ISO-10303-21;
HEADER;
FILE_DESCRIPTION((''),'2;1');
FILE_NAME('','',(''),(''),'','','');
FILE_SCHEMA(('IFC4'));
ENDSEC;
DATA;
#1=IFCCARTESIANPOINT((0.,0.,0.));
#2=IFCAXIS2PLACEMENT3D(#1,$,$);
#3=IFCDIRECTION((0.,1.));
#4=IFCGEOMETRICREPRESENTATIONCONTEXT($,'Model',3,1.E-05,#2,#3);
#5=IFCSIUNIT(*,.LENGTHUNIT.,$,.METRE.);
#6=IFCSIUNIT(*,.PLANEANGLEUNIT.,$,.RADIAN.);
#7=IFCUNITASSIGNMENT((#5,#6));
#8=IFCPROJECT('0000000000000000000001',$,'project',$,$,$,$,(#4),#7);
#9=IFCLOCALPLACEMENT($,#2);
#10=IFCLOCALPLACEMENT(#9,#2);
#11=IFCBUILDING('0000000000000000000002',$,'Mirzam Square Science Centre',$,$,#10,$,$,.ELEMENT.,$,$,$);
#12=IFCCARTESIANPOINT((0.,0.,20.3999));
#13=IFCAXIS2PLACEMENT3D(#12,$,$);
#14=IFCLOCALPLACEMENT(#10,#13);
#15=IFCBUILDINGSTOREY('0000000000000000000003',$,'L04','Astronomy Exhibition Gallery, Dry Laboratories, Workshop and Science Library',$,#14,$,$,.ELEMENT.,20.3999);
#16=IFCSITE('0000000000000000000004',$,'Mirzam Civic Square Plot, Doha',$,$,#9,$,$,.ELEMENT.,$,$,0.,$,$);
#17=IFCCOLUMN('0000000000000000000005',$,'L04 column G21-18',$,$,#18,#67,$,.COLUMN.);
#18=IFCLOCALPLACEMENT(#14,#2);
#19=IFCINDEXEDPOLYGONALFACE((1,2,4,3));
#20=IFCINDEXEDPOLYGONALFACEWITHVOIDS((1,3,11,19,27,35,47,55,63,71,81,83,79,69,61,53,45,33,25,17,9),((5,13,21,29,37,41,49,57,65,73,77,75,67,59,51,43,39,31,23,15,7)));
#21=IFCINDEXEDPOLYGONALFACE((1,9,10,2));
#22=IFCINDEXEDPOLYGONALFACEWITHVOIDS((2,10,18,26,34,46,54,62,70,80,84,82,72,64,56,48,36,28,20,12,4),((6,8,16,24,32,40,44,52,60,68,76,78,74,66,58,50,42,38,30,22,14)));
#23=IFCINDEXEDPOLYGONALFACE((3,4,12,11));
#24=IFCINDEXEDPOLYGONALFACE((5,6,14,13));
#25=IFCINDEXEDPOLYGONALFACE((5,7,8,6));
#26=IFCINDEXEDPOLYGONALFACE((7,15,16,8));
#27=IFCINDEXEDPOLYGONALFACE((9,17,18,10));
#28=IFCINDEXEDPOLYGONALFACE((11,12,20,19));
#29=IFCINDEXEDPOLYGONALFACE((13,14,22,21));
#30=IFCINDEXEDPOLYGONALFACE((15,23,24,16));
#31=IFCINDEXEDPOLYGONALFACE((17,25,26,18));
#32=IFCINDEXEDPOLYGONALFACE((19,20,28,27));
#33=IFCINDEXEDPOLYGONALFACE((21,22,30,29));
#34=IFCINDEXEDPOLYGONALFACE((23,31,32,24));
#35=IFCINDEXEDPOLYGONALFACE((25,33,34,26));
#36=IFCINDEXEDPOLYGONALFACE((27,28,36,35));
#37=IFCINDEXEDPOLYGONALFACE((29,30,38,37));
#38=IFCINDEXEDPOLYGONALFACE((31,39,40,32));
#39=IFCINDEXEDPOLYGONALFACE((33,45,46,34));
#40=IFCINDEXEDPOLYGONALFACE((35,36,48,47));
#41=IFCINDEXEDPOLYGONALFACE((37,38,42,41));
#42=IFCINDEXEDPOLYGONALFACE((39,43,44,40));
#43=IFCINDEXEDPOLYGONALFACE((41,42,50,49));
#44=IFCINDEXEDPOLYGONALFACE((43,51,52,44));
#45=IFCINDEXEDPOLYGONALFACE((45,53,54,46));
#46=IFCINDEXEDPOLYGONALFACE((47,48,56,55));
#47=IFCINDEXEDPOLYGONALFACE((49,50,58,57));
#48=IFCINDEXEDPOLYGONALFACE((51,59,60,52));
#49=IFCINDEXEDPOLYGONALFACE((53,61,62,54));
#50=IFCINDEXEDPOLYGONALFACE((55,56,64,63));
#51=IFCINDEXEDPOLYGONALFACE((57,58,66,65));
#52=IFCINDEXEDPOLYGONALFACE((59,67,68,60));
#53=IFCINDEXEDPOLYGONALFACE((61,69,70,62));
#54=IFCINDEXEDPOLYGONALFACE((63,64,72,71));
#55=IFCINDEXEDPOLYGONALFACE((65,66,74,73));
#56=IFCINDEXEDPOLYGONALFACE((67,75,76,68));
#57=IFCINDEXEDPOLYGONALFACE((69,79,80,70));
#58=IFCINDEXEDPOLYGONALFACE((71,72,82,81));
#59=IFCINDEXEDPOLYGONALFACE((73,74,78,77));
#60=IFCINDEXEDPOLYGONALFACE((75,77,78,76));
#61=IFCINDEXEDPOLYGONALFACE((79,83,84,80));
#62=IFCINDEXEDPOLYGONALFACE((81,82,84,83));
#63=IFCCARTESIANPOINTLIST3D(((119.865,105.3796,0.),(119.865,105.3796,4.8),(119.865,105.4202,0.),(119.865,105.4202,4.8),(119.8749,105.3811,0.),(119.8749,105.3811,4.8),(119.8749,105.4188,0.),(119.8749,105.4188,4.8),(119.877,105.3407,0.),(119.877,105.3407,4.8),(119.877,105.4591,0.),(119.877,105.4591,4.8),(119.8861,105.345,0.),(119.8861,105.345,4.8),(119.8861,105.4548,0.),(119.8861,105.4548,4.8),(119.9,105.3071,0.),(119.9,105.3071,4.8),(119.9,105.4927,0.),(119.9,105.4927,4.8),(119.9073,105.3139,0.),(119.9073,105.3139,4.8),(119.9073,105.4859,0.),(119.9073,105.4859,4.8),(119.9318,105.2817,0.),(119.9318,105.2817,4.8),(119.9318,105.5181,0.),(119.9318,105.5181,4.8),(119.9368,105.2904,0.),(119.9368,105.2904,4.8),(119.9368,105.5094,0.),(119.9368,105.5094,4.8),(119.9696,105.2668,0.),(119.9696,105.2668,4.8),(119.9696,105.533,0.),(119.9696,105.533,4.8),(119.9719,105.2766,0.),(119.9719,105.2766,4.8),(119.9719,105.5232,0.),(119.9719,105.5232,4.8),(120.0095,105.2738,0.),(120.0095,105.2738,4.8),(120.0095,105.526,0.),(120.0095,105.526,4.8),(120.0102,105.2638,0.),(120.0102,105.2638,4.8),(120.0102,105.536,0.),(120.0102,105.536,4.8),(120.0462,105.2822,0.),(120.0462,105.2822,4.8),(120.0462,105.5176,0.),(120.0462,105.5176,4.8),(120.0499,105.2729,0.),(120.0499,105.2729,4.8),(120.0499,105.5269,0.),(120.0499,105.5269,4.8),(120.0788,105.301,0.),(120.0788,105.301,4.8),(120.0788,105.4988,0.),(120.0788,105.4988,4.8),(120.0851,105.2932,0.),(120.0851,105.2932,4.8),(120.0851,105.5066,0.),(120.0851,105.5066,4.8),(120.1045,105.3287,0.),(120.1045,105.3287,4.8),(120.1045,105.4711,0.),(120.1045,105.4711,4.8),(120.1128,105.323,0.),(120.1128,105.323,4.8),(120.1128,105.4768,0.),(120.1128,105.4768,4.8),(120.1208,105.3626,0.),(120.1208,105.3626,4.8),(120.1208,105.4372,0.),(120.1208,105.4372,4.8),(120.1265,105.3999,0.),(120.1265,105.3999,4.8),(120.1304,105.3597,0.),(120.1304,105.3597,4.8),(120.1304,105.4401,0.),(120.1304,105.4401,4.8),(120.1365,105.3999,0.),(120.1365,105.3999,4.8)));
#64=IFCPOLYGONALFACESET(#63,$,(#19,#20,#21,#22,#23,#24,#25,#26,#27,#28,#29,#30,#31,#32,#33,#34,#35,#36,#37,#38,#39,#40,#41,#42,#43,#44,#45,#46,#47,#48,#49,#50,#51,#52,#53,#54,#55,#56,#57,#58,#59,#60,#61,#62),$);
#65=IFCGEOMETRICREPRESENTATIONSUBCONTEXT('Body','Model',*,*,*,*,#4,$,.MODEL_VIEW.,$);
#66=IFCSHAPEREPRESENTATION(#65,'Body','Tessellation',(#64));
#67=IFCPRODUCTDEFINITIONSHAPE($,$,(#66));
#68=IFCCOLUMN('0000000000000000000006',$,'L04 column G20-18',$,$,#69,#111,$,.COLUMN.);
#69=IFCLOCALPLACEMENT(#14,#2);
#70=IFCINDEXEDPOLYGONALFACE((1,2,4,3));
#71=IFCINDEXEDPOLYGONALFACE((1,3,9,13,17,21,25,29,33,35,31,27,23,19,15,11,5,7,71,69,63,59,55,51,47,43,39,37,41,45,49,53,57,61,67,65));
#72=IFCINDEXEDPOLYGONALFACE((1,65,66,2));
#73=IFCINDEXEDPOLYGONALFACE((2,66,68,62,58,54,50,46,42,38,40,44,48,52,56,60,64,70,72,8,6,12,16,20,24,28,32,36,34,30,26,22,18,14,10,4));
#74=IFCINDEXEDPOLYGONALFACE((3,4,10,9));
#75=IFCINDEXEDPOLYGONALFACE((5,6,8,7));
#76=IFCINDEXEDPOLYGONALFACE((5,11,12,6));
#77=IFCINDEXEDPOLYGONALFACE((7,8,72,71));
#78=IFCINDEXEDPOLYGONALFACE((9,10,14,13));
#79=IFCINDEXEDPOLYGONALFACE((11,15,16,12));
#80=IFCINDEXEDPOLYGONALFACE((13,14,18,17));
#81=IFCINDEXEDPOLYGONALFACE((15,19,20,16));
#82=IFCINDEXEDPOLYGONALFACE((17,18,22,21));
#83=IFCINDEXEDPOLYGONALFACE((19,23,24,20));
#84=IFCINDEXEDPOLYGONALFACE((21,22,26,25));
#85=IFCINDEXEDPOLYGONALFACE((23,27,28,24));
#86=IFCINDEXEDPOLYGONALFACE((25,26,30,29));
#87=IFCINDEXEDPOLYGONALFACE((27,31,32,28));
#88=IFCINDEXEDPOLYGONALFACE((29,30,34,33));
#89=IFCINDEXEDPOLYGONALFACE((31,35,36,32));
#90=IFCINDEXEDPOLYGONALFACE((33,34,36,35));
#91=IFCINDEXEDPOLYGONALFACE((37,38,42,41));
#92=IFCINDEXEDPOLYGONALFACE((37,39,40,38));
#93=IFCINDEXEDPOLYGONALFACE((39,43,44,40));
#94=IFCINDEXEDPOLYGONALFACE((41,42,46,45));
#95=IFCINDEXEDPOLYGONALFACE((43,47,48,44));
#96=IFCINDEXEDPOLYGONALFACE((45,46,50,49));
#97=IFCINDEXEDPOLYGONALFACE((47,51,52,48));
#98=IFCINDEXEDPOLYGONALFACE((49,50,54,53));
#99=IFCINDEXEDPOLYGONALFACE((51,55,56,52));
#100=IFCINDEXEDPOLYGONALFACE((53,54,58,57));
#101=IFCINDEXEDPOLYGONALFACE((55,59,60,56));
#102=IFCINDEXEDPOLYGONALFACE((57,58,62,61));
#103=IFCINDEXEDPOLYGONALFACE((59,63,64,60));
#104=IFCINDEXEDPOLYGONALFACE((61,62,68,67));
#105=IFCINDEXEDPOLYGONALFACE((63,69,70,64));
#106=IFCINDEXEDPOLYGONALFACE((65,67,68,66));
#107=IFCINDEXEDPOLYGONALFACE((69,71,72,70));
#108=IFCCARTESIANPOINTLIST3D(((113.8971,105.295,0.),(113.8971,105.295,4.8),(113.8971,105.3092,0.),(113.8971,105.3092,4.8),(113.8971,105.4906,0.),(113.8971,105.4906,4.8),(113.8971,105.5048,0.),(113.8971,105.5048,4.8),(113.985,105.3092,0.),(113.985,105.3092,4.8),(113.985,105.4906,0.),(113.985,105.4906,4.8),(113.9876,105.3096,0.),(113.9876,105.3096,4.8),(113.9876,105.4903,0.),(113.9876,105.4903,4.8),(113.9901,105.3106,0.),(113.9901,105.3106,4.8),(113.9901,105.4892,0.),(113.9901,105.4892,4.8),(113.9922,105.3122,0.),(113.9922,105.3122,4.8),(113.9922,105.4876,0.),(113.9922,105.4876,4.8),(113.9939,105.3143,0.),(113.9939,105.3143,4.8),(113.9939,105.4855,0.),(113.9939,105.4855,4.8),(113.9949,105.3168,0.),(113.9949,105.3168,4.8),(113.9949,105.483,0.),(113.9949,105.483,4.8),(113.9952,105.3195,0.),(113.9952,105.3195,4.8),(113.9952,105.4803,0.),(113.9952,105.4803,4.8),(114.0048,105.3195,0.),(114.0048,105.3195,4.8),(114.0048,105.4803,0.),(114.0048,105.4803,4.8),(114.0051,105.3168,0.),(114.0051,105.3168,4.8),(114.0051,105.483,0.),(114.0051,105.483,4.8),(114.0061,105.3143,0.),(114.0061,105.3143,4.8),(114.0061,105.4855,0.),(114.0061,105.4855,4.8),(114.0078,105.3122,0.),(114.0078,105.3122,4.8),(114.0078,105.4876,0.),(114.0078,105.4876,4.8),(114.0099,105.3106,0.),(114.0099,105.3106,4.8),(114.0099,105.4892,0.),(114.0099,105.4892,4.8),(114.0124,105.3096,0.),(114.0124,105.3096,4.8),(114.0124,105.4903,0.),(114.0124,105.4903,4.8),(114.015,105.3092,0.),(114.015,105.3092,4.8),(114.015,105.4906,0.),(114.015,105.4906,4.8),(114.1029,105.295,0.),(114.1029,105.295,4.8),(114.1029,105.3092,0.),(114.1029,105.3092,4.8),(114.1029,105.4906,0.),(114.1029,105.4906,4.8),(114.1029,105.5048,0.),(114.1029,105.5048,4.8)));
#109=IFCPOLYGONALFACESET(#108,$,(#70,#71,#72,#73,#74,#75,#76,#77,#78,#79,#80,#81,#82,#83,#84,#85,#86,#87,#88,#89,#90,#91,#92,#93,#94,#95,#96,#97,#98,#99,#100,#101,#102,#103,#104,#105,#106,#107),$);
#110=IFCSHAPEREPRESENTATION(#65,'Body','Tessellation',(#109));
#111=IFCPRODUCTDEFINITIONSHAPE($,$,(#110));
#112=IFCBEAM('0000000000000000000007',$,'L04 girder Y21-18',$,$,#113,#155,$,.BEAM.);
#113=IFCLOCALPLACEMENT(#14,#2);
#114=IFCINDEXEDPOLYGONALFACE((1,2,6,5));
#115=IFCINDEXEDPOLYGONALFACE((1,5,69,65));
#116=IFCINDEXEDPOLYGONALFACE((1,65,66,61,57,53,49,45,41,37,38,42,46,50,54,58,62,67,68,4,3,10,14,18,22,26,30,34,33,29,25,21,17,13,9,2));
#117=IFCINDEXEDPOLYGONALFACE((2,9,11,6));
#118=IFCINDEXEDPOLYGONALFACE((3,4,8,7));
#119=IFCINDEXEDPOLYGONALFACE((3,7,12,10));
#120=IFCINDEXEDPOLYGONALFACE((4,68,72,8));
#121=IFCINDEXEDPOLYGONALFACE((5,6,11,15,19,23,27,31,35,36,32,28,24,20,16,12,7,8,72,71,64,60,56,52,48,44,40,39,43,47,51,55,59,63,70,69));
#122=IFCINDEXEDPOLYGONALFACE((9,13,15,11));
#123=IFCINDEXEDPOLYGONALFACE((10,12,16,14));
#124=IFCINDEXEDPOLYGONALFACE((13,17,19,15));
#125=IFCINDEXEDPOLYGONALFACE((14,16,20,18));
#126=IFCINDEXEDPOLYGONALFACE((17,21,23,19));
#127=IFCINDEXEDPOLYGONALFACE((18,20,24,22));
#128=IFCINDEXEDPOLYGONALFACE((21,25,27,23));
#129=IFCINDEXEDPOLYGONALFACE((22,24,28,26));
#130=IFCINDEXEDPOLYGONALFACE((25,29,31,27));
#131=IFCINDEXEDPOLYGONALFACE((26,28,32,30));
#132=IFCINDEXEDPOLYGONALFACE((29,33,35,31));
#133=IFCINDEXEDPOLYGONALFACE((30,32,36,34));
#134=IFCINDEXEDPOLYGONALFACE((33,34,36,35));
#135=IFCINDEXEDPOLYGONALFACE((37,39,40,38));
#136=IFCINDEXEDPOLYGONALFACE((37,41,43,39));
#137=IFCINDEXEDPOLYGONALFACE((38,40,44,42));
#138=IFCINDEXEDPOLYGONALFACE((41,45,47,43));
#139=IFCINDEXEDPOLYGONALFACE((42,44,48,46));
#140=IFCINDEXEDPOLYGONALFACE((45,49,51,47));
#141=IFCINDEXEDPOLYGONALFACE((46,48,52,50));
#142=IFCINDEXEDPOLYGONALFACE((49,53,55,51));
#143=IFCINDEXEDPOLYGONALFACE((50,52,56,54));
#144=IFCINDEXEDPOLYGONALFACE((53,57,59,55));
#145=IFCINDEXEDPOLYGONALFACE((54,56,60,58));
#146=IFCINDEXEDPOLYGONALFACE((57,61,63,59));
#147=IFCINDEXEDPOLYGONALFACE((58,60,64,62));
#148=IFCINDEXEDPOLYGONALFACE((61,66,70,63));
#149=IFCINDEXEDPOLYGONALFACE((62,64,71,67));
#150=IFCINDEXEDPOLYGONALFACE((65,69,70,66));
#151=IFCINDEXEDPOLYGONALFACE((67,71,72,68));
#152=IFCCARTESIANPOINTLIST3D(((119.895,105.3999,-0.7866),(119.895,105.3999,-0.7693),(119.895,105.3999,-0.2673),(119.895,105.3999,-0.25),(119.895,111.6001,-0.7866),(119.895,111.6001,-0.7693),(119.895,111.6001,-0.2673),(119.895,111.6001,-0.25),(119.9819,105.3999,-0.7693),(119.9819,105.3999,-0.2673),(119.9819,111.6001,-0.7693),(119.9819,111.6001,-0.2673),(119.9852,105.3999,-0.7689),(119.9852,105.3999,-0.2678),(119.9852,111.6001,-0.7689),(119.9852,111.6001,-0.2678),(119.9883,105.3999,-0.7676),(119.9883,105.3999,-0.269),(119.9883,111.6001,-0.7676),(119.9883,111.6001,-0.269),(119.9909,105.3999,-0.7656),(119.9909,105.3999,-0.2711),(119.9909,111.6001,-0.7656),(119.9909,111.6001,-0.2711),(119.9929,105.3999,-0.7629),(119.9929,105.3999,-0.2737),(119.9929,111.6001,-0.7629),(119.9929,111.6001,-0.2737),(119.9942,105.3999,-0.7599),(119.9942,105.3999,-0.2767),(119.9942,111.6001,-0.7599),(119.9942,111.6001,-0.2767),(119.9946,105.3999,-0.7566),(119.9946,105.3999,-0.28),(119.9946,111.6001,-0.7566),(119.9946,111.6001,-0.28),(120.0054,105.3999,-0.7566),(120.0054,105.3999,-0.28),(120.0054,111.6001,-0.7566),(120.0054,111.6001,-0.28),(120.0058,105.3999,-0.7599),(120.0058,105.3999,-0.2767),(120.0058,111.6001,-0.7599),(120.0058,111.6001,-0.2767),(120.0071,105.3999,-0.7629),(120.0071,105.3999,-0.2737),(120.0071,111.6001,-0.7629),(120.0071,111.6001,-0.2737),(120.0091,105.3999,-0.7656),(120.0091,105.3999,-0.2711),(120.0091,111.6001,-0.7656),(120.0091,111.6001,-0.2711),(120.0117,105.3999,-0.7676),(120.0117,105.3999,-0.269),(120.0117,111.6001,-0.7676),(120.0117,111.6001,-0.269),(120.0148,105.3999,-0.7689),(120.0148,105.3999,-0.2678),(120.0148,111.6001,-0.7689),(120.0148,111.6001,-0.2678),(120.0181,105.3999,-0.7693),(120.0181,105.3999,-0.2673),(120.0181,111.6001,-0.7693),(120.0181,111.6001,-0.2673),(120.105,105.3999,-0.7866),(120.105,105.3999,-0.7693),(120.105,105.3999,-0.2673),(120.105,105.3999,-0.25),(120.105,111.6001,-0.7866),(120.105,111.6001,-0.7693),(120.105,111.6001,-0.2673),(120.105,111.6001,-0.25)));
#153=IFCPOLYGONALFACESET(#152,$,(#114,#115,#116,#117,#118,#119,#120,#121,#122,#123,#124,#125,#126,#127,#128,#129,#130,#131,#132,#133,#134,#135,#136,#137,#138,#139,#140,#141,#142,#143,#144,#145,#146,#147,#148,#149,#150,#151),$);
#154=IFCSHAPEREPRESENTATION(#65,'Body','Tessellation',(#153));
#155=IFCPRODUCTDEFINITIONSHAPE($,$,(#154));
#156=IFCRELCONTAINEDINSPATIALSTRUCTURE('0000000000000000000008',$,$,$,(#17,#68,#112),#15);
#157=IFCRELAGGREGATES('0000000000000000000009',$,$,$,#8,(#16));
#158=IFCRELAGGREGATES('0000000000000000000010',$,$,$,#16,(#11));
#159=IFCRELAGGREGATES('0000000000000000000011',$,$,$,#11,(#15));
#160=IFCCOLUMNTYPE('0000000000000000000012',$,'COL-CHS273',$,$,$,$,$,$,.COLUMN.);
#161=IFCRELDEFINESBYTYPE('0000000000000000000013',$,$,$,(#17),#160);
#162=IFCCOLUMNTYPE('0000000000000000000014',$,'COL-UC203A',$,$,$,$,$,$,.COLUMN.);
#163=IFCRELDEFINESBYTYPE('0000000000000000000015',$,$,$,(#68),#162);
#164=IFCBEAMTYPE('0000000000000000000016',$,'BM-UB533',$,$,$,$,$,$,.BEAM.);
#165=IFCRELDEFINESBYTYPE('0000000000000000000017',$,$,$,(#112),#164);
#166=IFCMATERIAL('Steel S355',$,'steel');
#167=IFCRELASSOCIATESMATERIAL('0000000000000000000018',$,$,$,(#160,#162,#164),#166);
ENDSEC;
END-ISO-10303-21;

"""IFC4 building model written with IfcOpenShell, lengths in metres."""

from ifc_helpers import new_model, si_unit, direction, frame, origin, origin_2d, place, context, subcontext, project, spatial, hollow_circle, i_section, extrude, material, material_profile, profile_set, type_object, element, save


model = new_model("IFC4")

# Units and contexts
model_context = context("Model", 3, precision=1e-05, world=origin(), true_north=direction((0.0, 1.0)))
body_context = subcontext(model_context, "Body", "Model", "MODEL_VIEW")
ifc_project = project(units=[si_unit("LENGTHUNIT", "METRE"), si_unit("PLANEANGLEUNIT", "RADIAN")], contexts=[model_context])

# Site, building, storey
site_placement = place(None, origin())
site = spatial("IfcSite", under=ifc_project, at=site_placement, Name="Mirzam Civic Square Plot, Doha", CompositionType="ELEMENT", RefElevation=0.0)
building_placement = place(site_placement, origin())
building = spatial("IfcBuilding", under=site, at=building_placement, Name="Mirzam Square Science Centre", CompositionType="ELEMENT")
storey_placement = place(building_placement, frame((0.0, 0.0, 20.3999)))
storey = spatial("IfcBuildingStorey", under=building, at=storey_placement, Name="L04", Description="Astronomy Exhibition Gallery, Dry Laboratories, Workshop and Science Library", CompositionType="ELEMENT", Elevation=20.3999)

# Columns
ifc_material_1 = material(Name="Steel S355", Category="steel")
ifc_material_profile_1 = material_profile(ifc_material_1, hollow_circle(Radius=0.1365, WallThickness=0.01, at=origin_2d()), Name="273.0x10.0CHS")
ifc_profile_set_1 = profile_set([ifc_material_profile_1], Name="Steel S355")
column_type_1 = type_object("IfcColumnType", Name="COL-CHS273", PredefinedType="COLUMN", material=ifc_profile_set_1)
column_1_placement = place(storey_placement, frame((120.0, 105.3999, 0.0), z_axis=(0.0, 0.0, 1.0), x_axis=(1.0, 0.0, 0.0)))
element("IfcColumn", 1, at=column_1_placement, inside=storey, type_object=column_type_1, Name="L04 column G21-18", PredefinedType="COLUMN", context=body_context, shape_type="SweptSolid", body=[
    extrude(hollow_circle(Radius=0.1365, WallThickness=0.01, at=origin_2d()), origin(), (0.0, 0.0, 1.0), 4.8),
])
ifc_material_profile_2 = material_profile(ifc_material_1, i_section(OverallWidth=0.2058, OverallDepth=0.2097, WebThickness=0.0095, FlangeThickness=0.0142, FilletRadius=0.0103, at=origin_2d()), Name="203x203x60UC")
ifc_profile_set_2 = profile_set([ifc_material_profile_2], Name="Steel S355")
column_type_2 = type_object("IfcColumnType", Name="COL-UC203A", PredefinedType="COLUMN", material=ifc_profile_set_2)
column_2_placement = place(storey_placement, frame((114.0, 105.3999, 0.0), z_axis=(0.0, 0.0, 1.0), x_axis=(1.0, 0.0, 0.0)))
element("IfcColumn", 2, at=column_2_placement, inside=storey, type_object=column_type_2, Name="L04 column G20-18", PredefinedType="COLUMN", context=body_context, shape_type="SweptSolid", body=[
    extrude(i_section(OverallWidth=0.2058, OverallDepth=0.2097, WebThickness=0.0095, FlangeThickness=0.0142, FilletRadius=0.0103, at=origin_2d()), origin(), (0.0, 0.0, 1.0), 4.8),
])

# Beam
ifc_material_profile_3 = material_profile(ifc_material_1, i_section(OverallWidth=0.21, OverallDepth=0.5366, WebThickness=0.0107, FlangeThickness=0.0173, FilletRadius=0.0127, at=origin_2d()), Name="533x210x101UB")
ifc_profile_set_3 = profile_set([ifc_material_profile_3], Name="Steel S355")
beam_type_1 = type_object("IfcBeamType", Name="BM-UB533", PredefinedType="BEAM", material=ifc_profile_set_3)
beam_1_placement = place(storey_placement, frame((120.0, 105.3999, -0.5183), z_axis=(0.0, 1.0, 0.0), x_axis=(-1.0, 0.0, 0.0)))
element("IfcBeam", 3, at=beam_1_placement, inside=storey, type_object=beam_type_1, Name="L04 girder Y21-18", PredefinedType="BEAM", context=body_context, shape_type="SweptSolid", body=[
    extrude(i_section(OverallWidth=0.21, OverallDepth=0.5366, WebThickness=0.0107, FlangeThickness=0.0173, FilletRadius=0.0127, at=origin_2d()), origin(), (0.0, 0.0, 1.0), 6.2002),
])

save(model, "model.ifc")
